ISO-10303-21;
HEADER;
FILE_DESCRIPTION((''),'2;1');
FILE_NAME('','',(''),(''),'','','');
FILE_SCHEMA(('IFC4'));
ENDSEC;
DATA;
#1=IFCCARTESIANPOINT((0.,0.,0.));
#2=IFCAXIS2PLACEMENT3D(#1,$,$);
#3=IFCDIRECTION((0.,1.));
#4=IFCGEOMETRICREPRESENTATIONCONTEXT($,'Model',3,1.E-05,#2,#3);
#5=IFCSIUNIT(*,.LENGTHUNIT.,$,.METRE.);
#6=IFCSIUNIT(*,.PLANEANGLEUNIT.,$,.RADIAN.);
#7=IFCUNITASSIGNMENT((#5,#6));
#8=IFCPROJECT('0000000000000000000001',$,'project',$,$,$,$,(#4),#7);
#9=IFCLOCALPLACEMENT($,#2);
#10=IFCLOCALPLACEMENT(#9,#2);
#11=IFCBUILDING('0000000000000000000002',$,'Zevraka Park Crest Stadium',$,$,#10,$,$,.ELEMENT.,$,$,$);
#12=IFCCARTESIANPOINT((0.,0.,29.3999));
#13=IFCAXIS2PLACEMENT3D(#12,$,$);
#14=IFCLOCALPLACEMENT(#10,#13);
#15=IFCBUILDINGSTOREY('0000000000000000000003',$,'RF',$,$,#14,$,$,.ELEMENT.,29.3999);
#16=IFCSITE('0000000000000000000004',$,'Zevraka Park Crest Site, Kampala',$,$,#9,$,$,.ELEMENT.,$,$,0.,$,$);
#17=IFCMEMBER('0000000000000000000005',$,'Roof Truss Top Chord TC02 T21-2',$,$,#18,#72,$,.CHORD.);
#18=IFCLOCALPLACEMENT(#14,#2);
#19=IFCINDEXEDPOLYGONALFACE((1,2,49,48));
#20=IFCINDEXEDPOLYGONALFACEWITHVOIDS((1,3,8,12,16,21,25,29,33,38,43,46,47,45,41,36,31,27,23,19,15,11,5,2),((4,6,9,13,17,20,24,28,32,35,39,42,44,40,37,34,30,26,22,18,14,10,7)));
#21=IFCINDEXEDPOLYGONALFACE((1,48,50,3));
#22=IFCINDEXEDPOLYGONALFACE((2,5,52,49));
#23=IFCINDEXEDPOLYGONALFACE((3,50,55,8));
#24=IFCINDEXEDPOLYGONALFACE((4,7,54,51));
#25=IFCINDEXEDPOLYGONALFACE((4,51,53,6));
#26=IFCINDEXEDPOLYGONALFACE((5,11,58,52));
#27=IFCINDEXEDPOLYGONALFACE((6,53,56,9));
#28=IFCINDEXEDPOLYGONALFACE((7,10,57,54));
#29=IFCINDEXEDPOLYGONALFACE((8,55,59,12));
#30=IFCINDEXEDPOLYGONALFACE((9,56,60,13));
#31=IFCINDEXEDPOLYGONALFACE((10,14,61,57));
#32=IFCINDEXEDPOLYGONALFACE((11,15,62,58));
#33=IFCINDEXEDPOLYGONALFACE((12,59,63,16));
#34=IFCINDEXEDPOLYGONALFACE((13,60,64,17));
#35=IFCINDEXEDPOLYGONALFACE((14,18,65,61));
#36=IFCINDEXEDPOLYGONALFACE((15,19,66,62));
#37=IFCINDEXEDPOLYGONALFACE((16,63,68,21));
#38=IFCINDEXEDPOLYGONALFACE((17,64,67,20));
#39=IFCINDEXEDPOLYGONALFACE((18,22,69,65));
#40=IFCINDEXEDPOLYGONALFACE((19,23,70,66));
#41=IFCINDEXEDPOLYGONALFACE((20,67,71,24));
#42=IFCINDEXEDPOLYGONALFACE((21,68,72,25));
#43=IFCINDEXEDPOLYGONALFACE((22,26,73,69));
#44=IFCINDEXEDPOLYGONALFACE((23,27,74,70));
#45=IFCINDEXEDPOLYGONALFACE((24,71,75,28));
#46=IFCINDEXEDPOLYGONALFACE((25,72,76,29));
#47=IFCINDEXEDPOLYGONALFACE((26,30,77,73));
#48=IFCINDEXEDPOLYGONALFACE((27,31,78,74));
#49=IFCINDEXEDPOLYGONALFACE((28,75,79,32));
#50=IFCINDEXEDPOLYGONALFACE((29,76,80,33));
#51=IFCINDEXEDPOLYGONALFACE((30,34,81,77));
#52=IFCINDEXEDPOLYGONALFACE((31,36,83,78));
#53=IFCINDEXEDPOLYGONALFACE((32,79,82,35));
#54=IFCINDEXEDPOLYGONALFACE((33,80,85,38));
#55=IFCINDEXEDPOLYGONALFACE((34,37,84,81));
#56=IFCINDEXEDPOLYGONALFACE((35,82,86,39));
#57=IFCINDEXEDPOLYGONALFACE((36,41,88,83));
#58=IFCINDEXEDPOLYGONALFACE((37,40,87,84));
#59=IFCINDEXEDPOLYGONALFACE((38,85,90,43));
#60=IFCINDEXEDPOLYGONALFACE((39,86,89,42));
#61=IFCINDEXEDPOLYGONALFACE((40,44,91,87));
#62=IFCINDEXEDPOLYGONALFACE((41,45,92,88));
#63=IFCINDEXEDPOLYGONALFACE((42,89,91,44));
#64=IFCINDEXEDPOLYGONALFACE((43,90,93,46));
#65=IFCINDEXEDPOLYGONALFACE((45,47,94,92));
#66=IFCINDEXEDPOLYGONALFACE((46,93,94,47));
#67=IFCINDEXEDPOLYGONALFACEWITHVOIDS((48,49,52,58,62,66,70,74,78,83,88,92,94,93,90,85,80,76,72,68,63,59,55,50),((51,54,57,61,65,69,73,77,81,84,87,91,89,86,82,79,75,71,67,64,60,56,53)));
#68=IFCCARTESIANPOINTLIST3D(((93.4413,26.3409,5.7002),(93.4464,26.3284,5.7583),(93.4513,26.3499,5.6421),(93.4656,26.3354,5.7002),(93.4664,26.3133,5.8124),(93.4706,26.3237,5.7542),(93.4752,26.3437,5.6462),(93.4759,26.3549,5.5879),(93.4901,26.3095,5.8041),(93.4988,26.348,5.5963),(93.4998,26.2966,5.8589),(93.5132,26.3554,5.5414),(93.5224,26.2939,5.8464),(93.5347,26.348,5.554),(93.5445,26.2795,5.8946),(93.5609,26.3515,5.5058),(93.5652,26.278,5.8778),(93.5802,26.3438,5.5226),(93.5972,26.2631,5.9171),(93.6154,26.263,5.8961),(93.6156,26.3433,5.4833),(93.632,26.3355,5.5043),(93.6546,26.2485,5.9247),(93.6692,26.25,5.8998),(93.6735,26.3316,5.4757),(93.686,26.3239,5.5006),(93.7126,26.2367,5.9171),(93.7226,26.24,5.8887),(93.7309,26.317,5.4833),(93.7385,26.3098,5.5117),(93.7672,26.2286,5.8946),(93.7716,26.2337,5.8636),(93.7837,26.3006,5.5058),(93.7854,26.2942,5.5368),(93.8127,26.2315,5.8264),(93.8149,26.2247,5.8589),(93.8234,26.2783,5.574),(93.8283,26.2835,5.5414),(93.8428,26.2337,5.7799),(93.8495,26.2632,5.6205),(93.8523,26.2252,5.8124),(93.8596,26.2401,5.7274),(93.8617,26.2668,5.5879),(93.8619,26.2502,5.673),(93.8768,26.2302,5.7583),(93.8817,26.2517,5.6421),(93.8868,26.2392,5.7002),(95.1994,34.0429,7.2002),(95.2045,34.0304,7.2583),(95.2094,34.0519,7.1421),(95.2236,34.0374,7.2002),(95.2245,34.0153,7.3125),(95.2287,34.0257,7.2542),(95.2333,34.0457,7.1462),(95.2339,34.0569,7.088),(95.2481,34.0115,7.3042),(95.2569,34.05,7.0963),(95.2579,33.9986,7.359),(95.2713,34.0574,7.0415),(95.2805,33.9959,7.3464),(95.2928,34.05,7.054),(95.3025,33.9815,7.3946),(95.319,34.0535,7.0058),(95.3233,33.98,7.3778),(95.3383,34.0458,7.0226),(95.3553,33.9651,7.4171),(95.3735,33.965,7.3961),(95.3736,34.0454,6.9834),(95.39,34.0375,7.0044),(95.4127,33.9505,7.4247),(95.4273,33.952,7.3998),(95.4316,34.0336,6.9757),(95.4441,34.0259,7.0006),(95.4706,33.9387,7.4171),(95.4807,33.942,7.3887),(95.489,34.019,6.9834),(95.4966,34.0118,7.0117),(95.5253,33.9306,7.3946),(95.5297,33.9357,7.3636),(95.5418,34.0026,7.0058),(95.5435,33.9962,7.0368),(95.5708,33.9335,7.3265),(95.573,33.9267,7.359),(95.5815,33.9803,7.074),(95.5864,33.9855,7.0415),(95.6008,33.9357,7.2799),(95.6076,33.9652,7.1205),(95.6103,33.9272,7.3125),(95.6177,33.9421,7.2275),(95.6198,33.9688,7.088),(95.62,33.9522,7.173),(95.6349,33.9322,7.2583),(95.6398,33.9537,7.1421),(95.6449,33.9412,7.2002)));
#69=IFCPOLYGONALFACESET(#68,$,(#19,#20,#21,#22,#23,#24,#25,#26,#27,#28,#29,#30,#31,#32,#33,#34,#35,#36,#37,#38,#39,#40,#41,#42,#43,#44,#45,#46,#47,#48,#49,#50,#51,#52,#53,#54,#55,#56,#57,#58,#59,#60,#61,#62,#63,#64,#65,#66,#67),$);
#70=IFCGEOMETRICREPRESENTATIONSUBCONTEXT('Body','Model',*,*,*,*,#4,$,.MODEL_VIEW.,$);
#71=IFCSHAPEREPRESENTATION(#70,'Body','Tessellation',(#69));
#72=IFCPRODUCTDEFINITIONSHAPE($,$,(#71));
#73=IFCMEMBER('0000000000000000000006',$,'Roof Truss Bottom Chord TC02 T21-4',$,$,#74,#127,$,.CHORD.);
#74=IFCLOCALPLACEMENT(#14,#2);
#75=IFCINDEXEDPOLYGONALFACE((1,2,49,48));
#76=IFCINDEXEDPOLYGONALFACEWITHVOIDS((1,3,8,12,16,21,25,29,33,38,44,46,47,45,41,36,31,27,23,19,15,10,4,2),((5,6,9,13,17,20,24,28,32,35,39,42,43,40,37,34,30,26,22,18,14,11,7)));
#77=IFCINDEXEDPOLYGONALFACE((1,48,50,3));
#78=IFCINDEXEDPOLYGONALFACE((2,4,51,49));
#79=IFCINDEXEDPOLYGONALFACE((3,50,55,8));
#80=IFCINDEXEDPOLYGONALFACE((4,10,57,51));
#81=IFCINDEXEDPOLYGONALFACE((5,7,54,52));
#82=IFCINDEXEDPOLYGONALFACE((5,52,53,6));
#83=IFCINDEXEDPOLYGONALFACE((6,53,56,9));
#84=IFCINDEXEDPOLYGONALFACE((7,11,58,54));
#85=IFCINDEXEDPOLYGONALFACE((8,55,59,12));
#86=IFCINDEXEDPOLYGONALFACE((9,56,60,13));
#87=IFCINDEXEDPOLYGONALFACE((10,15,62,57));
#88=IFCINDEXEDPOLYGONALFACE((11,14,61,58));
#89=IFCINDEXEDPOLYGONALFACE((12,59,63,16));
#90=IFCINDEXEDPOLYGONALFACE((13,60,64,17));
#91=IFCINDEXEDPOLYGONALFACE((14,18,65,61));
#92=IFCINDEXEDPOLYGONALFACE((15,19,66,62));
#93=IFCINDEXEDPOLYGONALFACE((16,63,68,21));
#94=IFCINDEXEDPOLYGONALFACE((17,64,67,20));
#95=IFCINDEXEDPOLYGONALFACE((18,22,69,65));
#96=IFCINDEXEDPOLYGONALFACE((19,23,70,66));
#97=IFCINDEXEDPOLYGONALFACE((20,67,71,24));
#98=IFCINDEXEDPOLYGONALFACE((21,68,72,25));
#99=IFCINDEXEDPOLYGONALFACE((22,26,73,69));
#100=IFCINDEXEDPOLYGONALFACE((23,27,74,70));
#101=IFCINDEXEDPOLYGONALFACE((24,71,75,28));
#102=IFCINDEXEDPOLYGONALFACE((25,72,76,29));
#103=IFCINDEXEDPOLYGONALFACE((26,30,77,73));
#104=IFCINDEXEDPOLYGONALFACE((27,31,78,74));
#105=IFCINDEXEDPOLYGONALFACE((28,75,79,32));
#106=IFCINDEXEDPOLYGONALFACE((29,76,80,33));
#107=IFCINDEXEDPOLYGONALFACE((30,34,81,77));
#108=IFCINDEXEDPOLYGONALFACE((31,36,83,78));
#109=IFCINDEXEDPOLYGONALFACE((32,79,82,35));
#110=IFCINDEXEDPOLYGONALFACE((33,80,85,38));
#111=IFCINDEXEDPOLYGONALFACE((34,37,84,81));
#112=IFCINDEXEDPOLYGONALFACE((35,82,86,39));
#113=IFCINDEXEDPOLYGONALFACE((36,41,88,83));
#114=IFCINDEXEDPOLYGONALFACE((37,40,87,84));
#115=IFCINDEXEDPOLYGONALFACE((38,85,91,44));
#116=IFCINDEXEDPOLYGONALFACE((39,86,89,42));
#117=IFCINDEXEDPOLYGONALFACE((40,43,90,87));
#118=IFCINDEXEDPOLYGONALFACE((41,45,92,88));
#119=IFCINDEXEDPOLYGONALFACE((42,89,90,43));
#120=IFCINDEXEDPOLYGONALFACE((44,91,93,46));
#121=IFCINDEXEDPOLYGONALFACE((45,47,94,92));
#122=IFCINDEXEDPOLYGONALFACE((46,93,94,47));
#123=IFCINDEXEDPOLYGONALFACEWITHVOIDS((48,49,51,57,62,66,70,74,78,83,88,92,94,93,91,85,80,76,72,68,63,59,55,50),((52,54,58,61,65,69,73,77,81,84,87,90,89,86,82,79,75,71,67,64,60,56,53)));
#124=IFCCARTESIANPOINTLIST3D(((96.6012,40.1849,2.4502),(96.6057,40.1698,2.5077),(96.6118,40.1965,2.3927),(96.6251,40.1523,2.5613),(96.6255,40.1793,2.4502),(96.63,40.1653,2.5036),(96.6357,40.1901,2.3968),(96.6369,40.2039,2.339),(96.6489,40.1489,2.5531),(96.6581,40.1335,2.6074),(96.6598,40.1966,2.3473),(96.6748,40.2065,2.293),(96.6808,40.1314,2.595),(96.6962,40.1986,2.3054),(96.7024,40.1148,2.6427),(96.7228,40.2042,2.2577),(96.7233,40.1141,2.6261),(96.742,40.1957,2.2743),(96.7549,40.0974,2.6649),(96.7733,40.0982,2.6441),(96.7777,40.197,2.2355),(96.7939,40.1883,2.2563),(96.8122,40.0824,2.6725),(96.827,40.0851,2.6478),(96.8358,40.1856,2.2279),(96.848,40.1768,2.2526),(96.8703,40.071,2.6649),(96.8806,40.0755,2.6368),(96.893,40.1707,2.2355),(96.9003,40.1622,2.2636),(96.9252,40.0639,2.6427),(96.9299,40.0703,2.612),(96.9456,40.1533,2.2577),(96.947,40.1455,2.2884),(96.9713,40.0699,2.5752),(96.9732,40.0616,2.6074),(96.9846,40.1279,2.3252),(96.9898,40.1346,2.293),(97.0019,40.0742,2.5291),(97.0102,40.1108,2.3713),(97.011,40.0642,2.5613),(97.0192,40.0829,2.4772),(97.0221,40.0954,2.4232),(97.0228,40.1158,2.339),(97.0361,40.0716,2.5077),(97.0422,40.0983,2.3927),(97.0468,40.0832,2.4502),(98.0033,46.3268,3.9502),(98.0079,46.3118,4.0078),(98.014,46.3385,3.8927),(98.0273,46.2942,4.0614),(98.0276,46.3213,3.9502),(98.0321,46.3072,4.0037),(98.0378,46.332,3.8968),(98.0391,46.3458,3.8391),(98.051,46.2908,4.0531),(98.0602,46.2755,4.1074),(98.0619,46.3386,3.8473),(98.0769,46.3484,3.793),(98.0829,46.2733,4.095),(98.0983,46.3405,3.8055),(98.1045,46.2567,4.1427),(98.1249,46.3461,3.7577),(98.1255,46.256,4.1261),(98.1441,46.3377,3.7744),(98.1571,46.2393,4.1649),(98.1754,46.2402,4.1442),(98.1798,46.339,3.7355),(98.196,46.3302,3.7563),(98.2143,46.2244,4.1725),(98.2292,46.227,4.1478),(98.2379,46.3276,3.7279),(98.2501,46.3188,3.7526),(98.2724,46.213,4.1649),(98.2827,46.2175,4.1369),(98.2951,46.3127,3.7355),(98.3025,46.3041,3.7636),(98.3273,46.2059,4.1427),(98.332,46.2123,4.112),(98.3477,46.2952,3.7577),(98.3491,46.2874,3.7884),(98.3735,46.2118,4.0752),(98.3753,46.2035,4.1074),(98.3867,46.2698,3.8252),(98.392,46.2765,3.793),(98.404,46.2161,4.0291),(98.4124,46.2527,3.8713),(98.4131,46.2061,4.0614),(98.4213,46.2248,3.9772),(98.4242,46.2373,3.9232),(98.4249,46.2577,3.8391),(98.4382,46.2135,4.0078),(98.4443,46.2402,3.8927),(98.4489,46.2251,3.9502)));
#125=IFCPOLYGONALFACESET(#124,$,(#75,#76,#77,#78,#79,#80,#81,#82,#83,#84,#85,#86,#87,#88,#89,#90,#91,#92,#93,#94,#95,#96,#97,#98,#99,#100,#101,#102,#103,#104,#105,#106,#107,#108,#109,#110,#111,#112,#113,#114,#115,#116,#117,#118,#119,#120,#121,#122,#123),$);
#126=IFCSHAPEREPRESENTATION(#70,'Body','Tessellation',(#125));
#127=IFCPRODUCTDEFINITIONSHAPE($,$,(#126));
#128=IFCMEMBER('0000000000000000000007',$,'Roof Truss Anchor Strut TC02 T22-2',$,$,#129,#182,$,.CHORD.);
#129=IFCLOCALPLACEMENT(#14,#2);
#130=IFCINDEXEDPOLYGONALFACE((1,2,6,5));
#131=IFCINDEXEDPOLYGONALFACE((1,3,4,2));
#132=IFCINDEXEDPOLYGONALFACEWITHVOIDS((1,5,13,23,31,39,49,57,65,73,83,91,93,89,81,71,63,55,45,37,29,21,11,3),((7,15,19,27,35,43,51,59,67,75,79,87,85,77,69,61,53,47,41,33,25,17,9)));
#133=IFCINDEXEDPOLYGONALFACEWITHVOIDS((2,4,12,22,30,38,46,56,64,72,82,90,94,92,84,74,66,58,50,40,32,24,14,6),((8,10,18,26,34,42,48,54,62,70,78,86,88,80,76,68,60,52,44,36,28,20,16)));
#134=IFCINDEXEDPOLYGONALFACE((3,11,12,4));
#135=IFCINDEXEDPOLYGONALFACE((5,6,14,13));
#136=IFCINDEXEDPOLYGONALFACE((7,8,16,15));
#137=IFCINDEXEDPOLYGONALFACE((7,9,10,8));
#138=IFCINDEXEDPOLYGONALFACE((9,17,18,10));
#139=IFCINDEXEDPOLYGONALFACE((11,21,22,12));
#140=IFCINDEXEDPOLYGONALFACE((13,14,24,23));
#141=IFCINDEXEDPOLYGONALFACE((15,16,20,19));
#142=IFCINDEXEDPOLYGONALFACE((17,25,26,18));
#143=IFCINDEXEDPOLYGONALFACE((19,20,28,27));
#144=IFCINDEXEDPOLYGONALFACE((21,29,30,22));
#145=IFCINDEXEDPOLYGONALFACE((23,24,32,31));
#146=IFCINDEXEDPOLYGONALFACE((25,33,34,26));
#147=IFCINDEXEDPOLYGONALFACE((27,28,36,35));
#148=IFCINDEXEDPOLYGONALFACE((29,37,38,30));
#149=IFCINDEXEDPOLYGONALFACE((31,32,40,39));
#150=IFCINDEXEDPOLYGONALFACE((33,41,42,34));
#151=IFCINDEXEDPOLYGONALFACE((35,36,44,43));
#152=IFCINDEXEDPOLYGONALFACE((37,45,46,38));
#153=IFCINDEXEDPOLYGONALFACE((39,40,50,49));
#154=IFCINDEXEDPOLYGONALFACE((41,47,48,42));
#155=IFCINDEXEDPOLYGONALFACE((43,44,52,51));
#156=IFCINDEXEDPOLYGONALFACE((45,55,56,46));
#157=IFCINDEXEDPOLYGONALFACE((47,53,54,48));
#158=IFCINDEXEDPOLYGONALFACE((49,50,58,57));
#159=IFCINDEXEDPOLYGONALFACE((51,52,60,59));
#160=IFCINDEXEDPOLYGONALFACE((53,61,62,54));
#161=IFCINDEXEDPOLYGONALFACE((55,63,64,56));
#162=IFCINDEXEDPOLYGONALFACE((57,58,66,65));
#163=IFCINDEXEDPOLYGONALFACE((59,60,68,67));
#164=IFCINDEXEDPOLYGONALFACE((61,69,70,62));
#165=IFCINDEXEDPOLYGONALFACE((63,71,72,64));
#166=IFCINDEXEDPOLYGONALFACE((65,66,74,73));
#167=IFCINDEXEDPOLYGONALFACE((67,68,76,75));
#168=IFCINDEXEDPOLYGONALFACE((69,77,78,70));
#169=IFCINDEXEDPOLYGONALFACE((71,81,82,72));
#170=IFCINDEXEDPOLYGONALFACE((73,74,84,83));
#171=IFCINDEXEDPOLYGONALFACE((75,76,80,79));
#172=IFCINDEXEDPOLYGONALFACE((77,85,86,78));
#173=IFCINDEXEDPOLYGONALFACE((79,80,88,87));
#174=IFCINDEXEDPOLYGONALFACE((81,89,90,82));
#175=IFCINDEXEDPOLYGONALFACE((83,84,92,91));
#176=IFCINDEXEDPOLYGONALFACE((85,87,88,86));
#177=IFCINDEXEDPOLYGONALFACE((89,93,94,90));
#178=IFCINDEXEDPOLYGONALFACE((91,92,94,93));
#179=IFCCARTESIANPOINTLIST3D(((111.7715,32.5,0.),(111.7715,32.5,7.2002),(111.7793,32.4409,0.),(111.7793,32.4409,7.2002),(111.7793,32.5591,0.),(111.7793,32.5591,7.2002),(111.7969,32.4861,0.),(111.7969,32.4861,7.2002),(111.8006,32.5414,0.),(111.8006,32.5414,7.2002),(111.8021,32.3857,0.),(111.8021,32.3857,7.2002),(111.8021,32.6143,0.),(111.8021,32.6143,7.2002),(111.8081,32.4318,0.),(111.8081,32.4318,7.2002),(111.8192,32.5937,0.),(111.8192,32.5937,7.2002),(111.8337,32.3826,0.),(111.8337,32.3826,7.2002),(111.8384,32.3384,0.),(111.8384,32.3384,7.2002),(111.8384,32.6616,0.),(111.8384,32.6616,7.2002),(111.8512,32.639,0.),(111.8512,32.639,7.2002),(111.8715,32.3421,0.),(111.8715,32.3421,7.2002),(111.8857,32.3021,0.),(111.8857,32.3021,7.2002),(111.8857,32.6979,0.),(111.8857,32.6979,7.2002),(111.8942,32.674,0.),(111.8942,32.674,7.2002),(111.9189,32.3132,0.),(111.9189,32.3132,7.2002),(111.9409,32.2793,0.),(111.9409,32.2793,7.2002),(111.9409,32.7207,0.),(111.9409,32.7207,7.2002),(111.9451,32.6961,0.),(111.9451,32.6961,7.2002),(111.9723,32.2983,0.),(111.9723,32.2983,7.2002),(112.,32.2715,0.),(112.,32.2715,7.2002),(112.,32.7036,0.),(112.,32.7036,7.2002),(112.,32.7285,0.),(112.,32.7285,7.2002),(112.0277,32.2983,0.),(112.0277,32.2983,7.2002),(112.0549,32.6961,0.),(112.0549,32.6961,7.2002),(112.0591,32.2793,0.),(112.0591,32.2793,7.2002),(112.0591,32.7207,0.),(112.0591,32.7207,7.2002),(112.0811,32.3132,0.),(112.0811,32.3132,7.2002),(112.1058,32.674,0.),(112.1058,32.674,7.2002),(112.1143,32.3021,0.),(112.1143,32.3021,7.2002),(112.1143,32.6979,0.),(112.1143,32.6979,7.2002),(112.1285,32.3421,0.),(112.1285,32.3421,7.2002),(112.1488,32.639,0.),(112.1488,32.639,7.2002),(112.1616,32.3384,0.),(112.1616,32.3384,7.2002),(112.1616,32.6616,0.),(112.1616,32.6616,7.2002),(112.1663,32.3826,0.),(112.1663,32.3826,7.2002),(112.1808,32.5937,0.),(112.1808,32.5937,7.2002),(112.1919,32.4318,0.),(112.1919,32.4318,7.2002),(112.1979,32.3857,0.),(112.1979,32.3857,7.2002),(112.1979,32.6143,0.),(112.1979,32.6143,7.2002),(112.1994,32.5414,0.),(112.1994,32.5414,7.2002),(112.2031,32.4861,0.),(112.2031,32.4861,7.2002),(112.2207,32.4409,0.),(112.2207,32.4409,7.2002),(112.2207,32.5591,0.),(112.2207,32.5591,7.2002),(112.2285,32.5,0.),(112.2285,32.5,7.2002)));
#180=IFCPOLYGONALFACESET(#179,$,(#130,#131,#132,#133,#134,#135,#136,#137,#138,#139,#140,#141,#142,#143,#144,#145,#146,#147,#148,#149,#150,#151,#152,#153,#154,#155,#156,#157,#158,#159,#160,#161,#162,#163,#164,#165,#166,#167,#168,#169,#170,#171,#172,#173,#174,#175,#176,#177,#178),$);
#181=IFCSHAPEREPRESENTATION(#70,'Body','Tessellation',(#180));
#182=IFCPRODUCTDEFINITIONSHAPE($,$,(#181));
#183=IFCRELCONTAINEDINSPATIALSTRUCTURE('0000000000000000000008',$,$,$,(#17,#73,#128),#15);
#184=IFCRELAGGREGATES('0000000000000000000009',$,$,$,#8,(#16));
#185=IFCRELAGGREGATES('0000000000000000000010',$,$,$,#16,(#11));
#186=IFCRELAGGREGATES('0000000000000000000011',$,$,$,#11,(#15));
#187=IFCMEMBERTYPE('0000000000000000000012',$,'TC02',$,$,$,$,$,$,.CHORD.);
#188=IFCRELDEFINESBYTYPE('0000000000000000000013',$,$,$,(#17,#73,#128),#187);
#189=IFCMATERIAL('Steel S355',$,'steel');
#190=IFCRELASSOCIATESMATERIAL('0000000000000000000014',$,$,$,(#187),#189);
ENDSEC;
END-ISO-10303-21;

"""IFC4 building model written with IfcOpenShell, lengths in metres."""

from ifc_helpers import new_model, si_unit, direction, frame, origin, origin_2d, place, context, subcontext, project, spatial, hollow_circle, extrude, material, material_profile, profile_set, type_object, element, save


model = new_model("IFC4")

# Units and contexts
model_context = context("Model", 3, precision=1e-05, world=origin(), true_north=direction((0.0, 1.0)))
body_context = subcontext(model_context, "Body", "Model", "MODEL_VIEW")
ifc_project = project(units=[si_unit("LENGTHUNIT", "METRE"), si_unit("PLANEANGLEUNIT", "RADIAN")], contexts=[model_context])

# Site, building, storey
site_placement = place(None, origin())
site = spatial("IfcSite", under=ifc_project, at=site_placement, Name="Zevraka Park Crest Site, Kampala", CompositionType="ELEMENT", RefElevation=0.0)
building_placement = place(site_placement, origin())
building = spatial("IfcBuilding", under=site, at=building_placement, Name="Zevraka Park Crest Stadium", CompositionType="ELEMENT")
storey_placement = place(building_placement, frame((0.0, 0.0, 29.3999)))
storey = spatial("IfcBuildingStorey", under=building, at=storey_placement, Name="RF", CompositionType="ELEMENT", Elevation=29.3999)

# Members
ifc_material_1 = material(Name="Steel S355", Category="steel")
ifc_material_profile_1 = material_profile(ifc_material_1, hollow_circle(Radius=0.2285, WallThickness=0.0249, at=origin_2d()), Name="CHS 457.0x25")
ifc_profile_set_1 = profile_set([ifc_material_profile_1], Name="Steel S355")
member_type_1 = type_object("IfcMemberType", Name="TC02", PredefinedType="CHORD", material=ifc_profile_set_1)
member_1_placement = place(storey_placement, frame((93.6641, 26.29, 5.7002), z_axis=(0.218632, 0.957811, 0.18654), x_axis=(-0.974924, 0.222539, 0.0)))
element("IfcMember", 1, at=member_1_placement, inside=storey, type_object=member_type_1, Name="Roof Truss Top Chord TC02 T21-2", PredefinedType="CHORD", context=body_context, shape_type="SweptSolid", body=[
    extrude(hollow_circle(Radius=0.2285, WallThickness=0.0249, at=origin_2d()), origin(), (0.0, 0.0, 1.0), 8.0413),
])
member_2_placement = place(storey_placement, frame((96.824, 40.134, 2.4502), z_axis=(0.216508, 0.948406, 0.231626), x_axis=(-0.974919, 0.222561, 0.0)))
element("IfcMember", 2, at=member_2_placement, inside=storey, type_object=member_type_1, Name="Roof Truss Bottom Chord TC02 T21-4", PredefinedType="CHORD", context=body_context, shape_type="SweptSolid", body=[
    extrude(hollow_circle(Radius=0.2285, WallThickness=0.0249, at=origin_2d()), origin(), (0.0, 0.0, 1.0), 6.4761),
])
member_3_placement = place(storey_placement, frame((112.0, 32.5, 0.0), z_axis=(0.0, 0.0, 1.0), x_axis=(0.0, 1.0, 0.0)))
element("IfcMember", 3, at=member_3_placement, inside=storey, type_object=member_type_1, Name="Roof Truss Anchor Strut TC02 T22-2", PredefinedType="CHORD", context=body_context, shape_type="SweptSolid", body=[
    extrude(hollow_circle(Radius=0.2285, WallThickness=0.0249, at=origin_2d()), origin(), (0.0, 0.0, 1.0), 7.2002),
])

save(model, "model.ifc")
